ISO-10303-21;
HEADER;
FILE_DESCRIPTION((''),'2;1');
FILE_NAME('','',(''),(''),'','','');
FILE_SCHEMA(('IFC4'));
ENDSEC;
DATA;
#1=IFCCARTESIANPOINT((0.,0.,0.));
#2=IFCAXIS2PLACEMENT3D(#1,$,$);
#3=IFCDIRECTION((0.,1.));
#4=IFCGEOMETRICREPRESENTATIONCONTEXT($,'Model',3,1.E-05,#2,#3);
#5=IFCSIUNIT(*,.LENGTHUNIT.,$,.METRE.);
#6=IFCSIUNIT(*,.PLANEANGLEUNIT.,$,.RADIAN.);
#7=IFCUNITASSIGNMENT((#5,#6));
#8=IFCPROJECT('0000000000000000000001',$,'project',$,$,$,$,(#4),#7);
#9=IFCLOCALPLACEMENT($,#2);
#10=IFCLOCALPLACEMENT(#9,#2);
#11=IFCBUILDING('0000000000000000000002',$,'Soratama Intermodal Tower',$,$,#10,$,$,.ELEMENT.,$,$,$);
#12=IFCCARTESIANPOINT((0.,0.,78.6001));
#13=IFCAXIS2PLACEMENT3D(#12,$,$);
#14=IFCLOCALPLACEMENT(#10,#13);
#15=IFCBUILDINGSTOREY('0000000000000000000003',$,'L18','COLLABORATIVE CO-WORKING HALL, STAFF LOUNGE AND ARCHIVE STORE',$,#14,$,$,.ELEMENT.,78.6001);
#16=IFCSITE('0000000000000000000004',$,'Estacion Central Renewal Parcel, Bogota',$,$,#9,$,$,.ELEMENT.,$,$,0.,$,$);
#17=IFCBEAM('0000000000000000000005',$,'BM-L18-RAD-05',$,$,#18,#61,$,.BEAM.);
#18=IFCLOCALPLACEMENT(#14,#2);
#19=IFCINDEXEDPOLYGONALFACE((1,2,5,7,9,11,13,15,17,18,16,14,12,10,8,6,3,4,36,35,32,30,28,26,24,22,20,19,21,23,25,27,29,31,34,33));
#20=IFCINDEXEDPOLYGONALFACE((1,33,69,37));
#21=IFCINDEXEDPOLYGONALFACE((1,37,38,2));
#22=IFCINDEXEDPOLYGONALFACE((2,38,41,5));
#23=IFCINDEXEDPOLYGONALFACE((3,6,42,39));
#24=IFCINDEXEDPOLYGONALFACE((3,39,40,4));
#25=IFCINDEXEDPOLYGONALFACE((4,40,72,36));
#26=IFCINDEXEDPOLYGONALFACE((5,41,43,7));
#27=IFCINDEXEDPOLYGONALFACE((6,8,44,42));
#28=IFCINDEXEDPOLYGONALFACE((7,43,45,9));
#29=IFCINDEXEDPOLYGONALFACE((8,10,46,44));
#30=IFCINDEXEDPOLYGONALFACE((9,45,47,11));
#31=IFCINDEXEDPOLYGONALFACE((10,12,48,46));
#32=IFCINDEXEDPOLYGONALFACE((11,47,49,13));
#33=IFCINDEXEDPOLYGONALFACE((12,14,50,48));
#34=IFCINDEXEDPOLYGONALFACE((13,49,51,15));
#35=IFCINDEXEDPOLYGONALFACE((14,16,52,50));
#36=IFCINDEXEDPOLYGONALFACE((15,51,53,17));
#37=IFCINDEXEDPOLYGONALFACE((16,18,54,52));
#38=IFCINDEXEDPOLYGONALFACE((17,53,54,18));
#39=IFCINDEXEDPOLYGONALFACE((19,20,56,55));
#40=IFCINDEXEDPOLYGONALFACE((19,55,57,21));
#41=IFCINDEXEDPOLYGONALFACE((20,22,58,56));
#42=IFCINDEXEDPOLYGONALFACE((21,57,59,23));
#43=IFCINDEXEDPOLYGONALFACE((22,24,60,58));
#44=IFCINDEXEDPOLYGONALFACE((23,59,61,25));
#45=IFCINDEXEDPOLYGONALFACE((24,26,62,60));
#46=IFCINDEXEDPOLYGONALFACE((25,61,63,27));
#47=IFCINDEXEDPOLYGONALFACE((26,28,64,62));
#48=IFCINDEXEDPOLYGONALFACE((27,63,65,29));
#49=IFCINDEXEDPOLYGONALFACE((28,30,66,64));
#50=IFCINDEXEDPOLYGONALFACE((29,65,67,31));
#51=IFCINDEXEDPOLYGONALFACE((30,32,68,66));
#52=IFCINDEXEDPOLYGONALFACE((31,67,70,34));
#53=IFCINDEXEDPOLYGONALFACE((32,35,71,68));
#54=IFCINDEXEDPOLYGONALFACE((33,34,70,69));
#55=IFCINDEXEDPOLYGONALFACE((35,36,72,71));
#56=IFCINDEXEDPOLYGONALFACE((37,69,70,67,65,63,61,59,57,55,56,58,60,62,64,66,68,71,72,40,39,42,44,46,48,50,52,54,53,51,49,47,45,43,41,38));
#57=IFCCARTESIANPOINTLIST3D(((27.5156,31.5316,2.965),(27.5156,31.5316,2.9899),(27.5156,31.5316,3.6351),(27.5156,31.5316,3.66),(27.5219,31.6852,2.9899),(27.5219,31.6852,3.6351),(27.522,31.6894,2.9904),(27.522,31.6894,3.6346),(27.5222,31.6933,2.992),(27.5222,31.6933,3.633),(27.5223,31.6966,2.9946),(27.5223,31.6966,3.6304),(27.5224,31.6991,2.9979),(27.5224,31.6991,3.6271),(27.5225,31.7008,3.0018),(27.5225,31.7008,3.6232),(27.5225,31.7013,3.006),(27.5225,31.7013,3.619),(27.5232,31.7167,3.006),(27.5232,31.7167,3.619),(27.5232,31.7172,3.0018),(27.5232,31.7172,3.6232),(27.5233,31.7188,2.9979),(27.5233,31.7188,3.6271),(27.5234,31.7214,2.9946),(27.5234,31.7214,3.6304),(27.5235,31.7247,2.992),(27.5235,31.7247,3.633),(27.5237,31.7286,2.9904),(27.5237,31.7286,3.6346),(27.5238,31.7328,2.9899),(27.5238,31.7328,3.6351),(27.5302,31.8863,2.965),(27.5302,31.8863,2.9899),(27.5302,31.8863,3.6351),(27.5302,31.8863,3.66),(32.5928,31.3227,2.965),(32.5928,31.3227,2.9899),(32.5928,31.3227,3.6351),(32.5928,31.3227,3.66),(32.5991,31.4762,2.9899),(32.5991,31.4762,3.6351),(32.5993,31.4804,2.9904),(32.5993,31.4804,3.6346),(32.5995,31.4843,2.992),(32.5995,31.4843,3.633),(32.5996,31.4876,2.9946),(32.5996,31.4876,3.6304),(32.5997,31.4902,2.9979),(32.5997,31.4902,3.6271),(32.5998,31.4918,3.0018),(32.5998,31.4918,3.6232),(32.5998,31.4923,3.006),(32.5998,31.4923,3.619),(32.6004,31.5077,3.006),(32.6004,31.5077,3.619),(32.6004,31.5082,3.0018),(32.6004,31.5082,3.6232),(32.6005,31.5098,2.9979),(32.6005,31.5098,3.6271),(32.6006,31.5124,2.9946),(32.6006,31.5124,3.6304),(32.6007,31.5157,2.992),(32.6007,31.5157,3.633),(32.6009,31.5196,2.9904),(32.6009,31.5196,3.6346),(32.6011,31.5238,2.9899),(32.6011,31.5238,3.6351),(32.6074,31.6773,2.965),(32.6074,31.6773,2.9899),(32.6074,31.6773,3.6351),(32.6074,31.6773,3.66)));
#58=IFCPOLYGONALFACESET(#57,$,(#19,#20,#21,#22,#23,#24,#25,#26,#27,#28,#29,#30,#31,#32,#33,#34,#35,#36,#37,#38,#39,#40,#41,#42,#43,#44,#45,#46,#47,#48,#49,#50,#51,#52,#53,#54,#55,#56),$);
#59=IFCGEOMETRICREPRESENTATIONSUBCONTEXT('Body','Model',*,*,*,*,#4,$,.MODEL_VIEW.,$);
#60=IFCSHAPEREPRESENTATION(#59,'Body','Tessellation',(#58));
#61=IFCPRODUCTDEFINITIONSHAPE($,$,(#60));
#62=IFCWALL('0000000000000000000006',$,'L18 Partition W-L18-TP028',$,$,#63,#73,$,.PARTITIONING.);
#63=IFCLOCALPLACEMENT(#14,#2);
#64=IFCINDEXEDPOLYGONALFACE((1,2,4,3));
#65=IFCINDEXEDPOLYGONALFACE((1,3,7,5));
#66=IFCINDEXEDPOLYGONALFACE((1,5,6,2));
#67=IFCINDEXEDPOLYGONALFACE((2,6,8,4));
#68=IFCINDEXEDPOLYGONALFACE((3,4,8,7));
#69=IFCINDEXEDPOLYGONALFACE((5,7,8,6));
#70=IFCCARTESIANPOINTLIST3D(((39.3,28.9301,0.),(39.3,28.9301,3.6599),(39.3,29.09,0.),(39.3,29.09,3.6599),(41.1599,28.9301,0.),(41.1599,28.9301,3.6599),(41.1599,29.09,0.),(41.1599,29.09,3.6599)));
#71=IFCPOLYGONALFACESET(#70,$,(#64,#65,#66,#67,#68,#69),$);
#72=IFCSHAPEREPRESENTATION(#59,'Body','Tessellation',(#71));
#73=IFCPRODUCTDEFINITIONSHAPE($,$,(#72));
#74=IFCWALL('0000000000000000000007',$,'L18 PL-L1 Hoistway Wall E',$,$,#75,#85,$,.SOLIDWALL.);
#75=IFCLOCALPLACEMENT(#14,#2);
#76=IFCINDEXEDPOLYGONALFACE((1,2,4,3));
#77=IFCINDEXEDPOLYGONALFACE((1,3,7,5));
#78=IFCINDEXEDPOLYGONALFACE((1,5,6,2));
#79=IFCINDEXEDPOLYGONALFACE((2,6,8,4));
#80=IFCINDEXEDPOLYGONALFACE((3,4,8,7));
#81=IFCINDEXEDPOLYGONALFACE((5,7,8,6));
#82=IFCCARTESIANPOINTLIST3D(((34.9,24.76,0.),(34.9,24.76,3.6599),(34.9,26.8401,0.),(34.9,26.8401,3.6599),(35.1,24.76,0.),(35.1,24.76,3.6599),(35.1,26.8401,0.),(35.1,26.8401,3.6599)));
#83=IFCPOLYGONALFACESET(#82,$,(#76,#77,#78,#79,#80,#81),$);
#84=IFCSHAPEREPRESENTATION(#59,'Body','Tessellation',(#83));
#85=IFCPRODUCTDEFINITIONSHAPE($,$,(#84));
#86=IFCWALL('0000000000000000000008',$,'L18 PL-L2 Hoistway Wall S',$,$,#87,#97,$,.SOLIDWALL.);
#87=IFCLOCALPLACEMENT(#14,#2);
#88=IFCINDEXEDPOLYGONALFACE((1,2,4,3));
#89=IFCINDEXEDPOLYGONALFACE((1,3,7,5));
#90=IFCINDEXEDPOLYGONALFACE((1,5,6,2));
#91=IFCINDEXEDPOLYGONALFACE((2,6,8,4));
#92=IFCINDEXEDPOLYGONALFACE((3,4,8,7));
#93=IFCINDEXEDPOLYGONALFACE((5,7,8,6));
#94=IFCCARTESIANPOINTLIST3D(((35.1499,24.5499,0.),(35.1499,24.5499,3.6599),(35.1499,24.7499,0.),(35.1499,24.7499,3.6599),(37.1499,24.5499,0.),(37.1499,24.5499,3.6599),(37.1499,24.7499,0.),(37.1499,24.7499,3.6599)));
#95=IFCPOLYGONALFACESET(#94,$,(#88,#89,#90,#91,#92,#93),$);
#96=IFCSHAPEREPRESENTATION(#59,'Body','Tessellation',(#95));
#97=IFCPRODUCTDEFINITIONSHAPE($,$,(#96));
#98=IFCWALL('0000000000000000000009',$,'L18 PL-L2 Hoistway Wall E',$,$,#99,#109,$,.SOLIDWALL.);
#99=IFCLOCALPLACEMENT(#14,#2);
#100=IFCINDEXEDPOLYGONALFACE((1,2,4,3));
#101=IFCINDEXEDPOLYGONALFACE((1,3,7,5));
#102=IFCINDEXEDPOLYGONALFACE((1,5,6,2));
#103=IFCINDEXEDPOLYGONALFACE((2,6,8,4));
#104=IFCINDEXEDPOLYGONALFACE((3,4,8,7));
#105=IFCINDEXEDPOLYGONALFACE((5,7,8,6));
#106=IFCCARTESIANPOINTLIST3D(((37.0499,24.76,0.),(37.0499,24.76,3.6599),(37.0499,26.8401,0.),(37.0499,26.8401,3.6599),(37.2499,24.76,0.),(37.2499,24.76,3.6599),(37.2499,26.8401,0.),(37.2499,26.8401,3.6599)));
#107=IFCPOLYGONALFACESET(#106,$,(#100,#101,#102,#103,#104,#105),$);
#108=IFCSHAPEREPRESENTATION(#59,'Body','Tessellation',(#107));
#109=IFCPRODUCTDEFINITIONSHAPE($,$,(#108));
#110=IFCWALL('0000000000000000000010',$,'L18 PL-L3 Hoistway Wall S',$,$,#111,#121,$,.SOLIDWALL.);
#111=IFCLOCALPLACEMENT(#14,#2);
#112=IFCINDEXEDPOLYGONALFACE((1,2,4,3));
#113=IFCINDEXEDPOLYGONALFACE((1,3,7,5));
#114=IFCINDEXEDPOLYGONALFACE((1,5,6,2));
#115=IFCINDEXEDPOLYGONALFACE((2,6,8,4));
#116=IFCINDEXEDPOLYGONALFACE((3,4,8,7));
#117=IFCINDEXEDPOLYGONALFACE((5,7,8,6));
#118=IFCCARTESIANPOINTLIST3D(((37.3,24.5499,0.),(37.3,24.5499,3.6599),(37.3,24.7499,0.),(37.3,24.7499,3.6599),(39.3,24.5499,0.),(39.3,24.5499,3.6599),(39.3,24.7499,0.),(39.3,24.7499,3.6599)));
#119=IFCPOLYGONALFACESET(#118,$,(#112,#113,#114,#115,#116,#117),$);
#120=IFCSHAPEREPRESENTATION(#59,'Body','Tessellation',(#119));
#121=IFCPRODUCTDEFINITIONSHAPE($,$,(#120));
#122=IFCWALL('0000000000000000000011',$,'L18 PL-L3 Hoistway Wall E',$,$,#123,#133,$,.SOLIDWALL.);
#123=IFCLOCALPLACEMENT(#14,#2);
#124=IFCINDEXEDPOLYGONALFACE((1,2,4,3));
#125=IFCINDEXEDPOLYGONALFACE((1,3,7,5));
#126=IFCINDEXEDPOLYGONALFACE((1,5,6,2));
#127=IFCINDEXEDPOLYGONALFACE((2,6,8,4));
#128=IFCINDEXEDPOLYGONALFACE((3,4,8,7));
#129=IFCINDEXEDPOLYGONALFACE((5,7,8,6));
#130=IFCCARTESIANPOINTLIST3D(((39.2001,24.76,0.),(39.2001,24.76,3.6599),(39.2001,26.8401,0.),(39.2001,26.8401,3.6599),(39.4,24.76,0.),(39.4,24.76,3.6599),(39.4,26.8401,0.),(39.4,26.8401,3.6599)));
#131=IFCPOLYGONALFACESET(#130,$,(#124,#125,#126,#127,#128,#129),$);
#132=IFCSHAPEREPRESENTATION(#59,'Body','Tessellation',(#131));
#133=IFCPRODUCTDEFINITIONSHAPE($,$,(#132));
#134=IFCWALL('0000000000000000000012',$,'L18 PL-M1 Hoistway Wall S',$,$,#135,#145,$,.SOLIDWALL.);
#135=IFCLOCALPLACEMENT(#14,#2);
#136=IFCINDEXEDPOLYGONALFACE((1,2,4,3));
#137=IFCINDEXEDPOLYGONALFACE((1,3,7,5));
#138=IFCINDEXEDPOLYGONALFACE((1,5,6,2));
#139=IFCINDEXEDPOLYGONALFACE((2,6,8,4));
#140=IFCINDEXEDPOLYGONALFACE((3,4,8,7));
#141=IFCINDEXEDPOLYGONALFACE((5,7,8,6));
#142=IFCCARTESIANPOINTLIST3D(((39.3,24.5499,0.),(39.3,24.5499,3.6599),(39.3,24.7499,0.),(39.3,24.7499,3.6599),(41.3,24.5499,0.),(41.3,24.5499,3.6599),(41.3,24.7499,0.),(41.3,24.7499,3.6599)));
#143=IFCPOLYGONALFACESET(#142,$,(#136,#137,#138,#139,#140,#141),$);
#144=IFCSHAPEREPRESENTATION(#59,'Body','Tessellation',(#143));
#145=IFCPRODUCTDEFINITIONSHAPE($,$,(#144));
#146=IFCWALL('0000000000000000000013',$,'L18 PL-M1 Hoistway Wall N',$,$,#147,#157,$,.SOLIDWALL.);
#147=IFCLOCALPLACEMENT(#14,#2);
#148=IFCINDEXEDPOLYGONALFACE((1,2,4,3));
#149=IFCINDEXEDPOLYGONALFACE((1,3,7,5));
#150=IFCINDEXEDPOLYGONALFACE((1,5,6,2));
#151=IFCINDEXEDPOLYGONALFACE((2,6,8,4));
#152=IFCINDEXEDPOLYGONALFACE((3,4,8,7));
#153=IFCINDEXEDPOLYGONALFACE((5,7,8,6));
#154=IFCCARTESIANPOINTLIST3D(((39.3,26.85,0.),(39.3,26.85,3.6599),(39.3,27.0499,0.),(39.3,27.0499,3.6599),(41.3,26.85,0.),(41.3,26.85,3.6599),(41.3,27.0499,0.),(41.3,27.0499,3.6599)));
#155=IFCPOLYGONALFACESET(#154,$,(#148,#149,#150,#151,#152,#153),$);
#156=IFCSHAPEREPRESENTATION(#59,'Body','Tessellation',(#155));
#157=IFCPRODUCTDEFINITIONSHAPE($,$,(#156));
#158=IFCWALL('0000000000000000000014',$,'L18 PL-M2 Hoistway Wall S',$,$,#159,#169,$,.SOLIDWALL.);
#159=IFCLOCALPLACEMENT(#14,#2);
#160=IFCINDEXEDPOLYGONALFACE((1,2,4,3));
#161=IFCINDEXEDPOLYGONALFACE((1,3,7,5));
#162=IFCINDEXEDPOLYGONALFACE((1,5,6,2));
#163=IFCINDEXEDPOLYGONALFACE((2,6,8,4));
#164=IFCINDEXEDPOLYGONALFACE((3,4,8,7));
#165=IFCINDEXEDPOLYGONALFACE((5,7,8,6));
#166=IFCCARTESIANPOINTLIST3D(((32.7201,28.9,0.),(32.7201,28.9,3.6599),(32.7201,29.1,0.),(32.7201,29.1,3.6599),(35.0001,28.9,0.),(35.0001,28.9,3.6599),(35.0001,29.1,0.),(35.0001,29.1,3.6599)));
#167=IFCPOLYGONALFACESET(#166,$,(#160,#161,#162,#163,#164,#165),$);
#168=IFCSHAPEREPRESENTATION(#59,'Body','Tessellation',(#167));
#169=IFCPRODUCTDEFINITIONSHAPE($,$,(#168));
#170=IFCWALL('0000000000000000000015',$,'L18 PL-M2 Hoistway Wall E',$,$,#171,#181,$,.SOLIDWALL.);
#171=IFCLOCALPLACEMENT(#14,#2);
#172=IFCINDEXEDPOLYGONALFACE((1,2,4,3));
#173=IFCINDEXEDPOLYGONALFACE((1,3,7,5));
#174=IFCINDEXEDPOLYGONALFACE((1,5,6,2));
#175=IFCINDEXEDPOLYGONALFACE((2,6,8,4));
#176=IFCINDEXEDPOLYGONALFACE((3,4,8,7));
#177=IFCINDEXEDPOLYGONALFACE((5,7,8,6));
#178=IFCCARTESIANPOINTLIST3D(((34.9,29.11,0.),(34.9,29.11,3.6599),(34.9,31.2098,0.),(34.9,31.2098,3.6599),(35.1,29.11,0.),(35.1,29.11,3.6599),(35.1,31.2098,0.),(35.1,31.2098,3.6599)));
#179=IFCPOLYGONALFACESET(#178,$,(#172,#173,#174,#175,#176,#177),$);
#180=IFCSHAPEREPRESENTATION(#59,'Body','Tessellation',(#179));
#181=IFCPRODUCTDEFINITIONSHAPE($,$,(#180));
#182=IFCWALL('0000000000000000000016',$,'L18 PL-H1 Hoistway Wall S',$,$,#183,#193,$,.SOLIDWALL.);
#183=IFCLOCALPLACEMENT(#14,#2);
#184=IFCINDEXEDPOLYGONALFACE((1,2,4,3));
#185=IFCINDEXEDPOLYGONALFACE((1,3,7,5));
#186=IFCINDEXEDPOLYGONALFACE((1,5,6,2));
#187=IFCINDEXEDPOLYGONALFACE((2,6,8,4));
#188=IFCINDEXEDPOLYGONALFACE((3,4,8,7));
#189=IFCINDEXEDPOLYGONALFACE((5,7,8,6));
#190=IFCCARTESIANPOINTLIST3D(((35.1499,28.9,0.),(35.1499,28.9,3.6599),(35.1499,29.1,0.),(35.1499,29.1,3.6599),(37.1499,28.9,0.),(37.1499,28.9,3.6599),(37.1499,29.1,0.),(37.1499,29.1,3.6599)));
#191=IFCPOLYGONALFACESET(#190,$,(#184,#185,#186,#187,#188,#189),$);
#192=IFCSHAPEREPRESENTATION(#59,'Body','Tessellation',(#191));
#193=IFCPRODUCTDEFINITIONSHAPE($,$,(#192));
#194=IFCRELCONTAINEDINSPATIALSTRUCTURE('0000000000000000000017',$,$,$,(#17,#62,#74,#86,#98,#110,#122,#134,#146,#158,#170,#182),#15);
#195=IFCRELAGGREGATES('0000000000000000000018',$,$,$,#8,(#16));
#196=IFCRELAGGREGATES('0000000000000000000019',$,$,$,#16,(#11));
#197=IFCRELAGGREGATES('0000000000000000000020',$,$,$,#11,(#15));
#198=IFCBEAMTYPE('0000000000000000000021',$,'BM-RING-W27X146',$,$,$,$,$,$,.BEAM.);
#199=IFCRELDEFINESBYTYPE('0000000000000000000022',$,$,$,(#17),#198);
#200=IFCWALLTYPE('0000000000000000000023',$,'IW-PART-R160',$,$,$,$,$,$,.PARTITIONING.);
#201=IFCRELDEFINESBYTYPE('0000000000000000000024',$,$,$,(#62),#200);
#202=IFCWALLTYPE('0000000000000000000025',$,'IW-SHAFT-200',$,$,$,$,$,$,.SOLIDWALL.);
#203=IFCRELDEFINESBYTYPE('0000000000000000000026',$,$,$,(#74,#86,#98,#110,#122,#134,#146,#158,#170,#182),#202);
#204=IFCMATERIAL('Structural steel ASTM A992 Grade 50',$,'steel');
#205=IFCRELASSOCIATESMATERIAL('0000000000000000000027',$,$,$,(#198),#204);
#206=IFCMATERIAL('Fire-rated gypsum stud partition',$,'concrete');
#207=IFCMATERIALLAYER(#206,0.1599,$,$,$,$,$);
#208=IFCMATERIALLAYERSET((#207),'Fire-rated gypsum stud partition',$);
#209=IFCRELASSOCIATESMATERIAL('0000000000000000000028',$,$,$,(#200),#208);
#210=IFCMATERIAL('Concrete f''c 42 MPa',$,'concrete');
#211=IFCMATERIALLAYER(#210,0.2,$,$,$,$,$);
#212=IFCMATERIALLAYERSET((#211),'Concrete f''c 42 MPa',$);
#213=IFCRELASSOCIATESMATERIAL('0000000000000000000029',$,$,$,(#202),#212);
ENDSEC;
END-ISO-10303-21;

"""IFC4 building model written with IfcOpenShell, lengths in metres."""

from ifc_helpers import new_model, si_unit, direction, frame, frame_2d, origin, origin_2d, place, context, subcontext, project, spatial, rectangle, i_section, extrude, material, layer, layer_set, material_profile, profile_set, type_object, element, save


model = new_model("IFC4")

# Units and contexts
model_context = context("Model", 3, precision=1e-05, world=origin(), true_north=direction((0.0, 1.0)))
body_context = subcontext(model_context, "Body", "Model", "MODEL_VIEW")
ifc_project = project(units=[si_unit("LENGTHUNIT", "METRE"), si_unit("PLANEANGLEUNIT", "RADIAN")], contexts=[model_context])

# Site, building, storey
site_placement = place(None, origin())
site = spatial("IfcSite", under=ifc_project, at=site_placement, Name="Estacion Central Renewal Parcel, Bogota", CompositionType="ELEMENT", RefElevation=0.0)
building_placement = place(site_placement, origin())
building = spatial("IfcBuilding", under=site, at=building_placement, Name="Soratama Intermodal Tower", CompositionType="ELEMENT")
storey_placement = place(building_placement, frame((0.0, 0.0, 78.6001)))
storey = spatial("IfcBuildingStorey", under=building, at=storey_placement, Name="L18", Description="COLLABORATIVE CO-WORKING HALL, STAFF LOUNGE AND ARCHIVE STORE", CompositionType="ELEMENT", Elevation=78.6001)

# Beam
ifc_material_1 = material(Name="Structural steel ASTM A992 Grade 50", Category="steel")
ifc_material_profile = material_profile(ifc_material_1, i_section(OverallWidth=0.355, OverallDepth=0.6951, WebThickness=0.0154, FlangeThickness=0.0249, FilletRadius=0.0161, at=origin_2d()), Name="W27X146")
ifc_profile_set = profile_set([ifc_material_profile], Name="Structural steel ASTM A992 Grade 50")
beam_type = type_object("IfcBeamType", Name="BM-RING-W27X146", PredefinedType="BEAM", material=ifc_profile_set)
beam_placement = place(storey_placement, frame((32.6001, 31.5, 3.3125), z_axis=(-0.999154, 0.041127, 0.0), x_axis=(-0.041127, -0.999154, 0.0)))
element("IfcBeam", 1, at=beam_placement, inside=storey, type_object=beam_type, Name="BM-L18-RAD-05", PredefinedType="BEAM", context=body_context, shape_type="SweptSolid", body=[
    extrude(i_section(OverallWidth=0.355, OverallDepth=0.6951, WebThickness=0.0154, FlangeThickness=0.0249, FilletRadius=0.0161, at=origin_2d()), origin(), (0.0, 0.0, 1.0), 5.0815),
])

# Wall
ifc_material_2 = material(Name="Fire-rated gypsum stud partition", Category="concrete")
ifc_layer_1 = layer(ifc_material_2, 0.1599)
ifc_layer_set_1 = layer_set([ifc_layer_1], Name="Fire-rated gypsum stud partition")
wall_type_1 = type_object("IfcWallType", Name="IW-PART-R160", PredefinedType="PARTITIONING", material=ifc_layer_set_1)
wall_1_placement = place(storey_placement, frame((39.3, 29.01, 0.0), z_axis=(0.0, 0.0, 1.0), x_axis=(1.0, 0.0, 0.0)))
element("IfcWall", 2, at=wall_1_placement, inside=storey, type_object=wall_type_1, Name="L18 Partition W-L18-TP028", PredefinedType="PARTITIONING", context=body_context, shape_type="SweptSolid", body=[
    extrude(rectangle(XDim=1.8599, YDim=0.1599, at=frame_2d((0.9299, 0.0))), origin(), (0.0, 0.0, 1.0), 3.6599),
])

# Shared definitions
ifc_material_3 = material(Name="Concrete f'c 42 MPa", Category="concrete")
ifc_layer_2 = layer(ifc_material_3, 0.2)
ifc_layer_set_2 = layer_set([ifc_layer_2], Name="Concrete f'c 42 MPa")
wall_type_2 = type_object("IfcWallType", Name="IW-SHAFT-200", PredefinedType="SOLIDWALL", material=ifc_layer_set_2)

# Walls
wall_2_placement = place(storey_placement, frame((35.0, 24.76, 0.0), z_axis=(0.0, 0.0, 1.0), x_axis=(0.0, 1.0, 0.0)))
element("IfcWall", 3, at=wall_2_placement, inside=storey, type_object=wall_type_2, Name="L18 PL-L1 Hoistway Wall E", PredefinedType="SOLIDWALL", context=body_context, shape_type="SweptSolid", body=[
    extrude(rectangle(XDim=2.0801, YDim=0.2, at=frame_2d((1.04, 0.0))), origin(), (0.0, 0.0, 1.0), 3.6599),
])
wall_3_placement = place(storey_placement, frame((35.1499, 24.6499, 0.0), z_axis=(0.0, 0.0, 1.0), x_axis=(1.0, 0.0, 0.0)))
element("IfcWall", 4, at=wall_3_placement, inside=storey, type_object=wall_type_2, Name="L18 PL-L2 Hoistway Wall S", PredefinedType="SOLIDWALL", context=body_context, shape_type="SweptSolid", body=[
    extrude(rectangle(XDim=2.0, YDim=0.2, at=frame_2d((1.0, 0.0))), origin(), (0.0, 0.0, 1.0), 3.6599),
])

# Walls
wall_4_placement = place(storey_placement, frame((37.1499, 24.76, 0.0), z_axis=(0.0, 0.0, 1.0), x_axis=(0.0, 1.0, 0.0)))
element("IfcWall", 5, at=wall_4_placement, inside=storey, type_object=wall_type_2, Name="L18 PL-L2 Hoistway Wall E", PredefinedType="SOLIDWALL", context=body_context, shape_type="SweptSolid", body=[
    extrude(rectangle(XDim=2.0801, YDim=0.2, at=frame_2d((1.04, 0.0))), origin(), (0.0, 0.0, 1.0), 3.6599),
])
wall_5_placement = place(storey_placement, frame((37.3, 24.6499, 0.0), z_axis=(0.0, 0.0, 1.0), x_axis=(1.0, 0.0, 0.0)))
element("IfcWall", 6, at=wall_5_placement, inside=storey, type_object=wall_type_2, Name="L18 PL-L3 Hoistway Wall S", PredefinedType="SOLIDWALL", context=body_context, shape_type="SweptSolid", body=[
    extrude(rectangle(XDim=2.0, YDim=0.2, at=frame_2d((1.0, 0.0))), origin(), (0.0, 0.0, 1.0), 3.6599),
])

# Walls
wall_6_placement = place(storey_placement, frame((39.3, 24.76, 0.0), z_axis=(0.0, 0.0, 1.0), x_axis=(0.0, 1.0, 0.0)))
element("IfcWall", 7, at=wall_6_placement, inside=storey, type_object=wall_type_2, Name="L18 PL-L3 Hoistway Wall E", PredefinedType="SOLIDWALL", context=body_context, shape_type="SweptSolid", body=[
    extrude(rectangle(XDim=2.0801, YDim=0.2, at=frame_2d((1.04, 0.0))), origin(), (0.0, 0.0, 1.0), 3.6599),
])
for number, where, z_axis, x_axis, name in (
    (8, (39.3, 24.6499, 0.0), (0.0, 0.0, 1.0), (1.0, 0.0, 0.0), "L18 PL-M1 Hoistway Wall S"),
    (9, (39.3, 26.95, 0.0), (0.0, 0.0, 1.0), (1.0, 0.0, 0.0), "L18 PL-M1 Hoistway Wall N"),
):
    element("IfcWall", number, at=place(storey_placement, frame(where, z_axis=z_axis, x_axis=x_axis)), inside=storey, type_object=wall_type_2, Name=name, PredefinedType="SOLIDWALL", context=body_context, shape_type="SweptSolid", body=[
        extrude(rectangle(XDim=2.0, YDim=0.2, at=frame_2d((1.0, 0.0))), origin(), (0.0, 0.0, 1.0), 3.6599),
    ])
wall_7_placement = place(storey_placement, frame((32.72, 29.0, 0.0), z_axis=(0.0, 0.0, 1.0), x_axis=(1.0, 0.0, 0.0)))
element("IfcWall", 10, at=wall_7_placement, inside=storey, type_object=wall_type_2, Name="L18 PL-M2 Hoistway Wall S", PredefinedType="SOLIDWALL", context=body_context, shape_type="SweptSolid", body=[
    extrude(rectangle(XDim=2.28, YDim=0.2, at=frame_2d((1.1401, 0.0))), origin(), (0.0, 0.0, 1.0), 3.6599),
])
wall_8_placement = place(storey_placement, frame((35.0, 29.1101, 0.0), z_axis=(0.0, 0.0, 1.0), x_axis=(0.0, 1.0, 0.0)))
element("IfcWall", 11, at=wall_8_placement, inside=storey, type_object=wall_type_2, Name="L18 PL-M2 Hoistway Wall E", PredefinedType="SOLIDWALL", context=body_context, shape_type="SweptSolid", body=[
    extrude(rectangle(XDim=2.0999, YDim=0.2, at=frame_2d((1.0498, 0.0))), origin(), (0.0, 0.0, 1.0), 3.6599),
])
wall_9_placement = place(storey_placement, frame((35.1499, 29.0, 0.0), z_axis=(0.0, 0.0, 1.0), x_axis=(1.0, 0.0, 0.0)))
element("IfcWall", 12, at=wall_9_placement, inside=storey, type_object=wall_type_2, Name="L18 PL-H1 Hoistway Wall S", PredefinedType="SOLIDWALL", context=body_context, shape_type="SweptSolid", body=[
    extrude(rectangle(XDim=2.0, YDim=0.2, at=frame_2d((1.0, 0.0))), origin(), (0.0, 0.0, 1.0), 3.6599),
])

save(model, "model.ifc")
